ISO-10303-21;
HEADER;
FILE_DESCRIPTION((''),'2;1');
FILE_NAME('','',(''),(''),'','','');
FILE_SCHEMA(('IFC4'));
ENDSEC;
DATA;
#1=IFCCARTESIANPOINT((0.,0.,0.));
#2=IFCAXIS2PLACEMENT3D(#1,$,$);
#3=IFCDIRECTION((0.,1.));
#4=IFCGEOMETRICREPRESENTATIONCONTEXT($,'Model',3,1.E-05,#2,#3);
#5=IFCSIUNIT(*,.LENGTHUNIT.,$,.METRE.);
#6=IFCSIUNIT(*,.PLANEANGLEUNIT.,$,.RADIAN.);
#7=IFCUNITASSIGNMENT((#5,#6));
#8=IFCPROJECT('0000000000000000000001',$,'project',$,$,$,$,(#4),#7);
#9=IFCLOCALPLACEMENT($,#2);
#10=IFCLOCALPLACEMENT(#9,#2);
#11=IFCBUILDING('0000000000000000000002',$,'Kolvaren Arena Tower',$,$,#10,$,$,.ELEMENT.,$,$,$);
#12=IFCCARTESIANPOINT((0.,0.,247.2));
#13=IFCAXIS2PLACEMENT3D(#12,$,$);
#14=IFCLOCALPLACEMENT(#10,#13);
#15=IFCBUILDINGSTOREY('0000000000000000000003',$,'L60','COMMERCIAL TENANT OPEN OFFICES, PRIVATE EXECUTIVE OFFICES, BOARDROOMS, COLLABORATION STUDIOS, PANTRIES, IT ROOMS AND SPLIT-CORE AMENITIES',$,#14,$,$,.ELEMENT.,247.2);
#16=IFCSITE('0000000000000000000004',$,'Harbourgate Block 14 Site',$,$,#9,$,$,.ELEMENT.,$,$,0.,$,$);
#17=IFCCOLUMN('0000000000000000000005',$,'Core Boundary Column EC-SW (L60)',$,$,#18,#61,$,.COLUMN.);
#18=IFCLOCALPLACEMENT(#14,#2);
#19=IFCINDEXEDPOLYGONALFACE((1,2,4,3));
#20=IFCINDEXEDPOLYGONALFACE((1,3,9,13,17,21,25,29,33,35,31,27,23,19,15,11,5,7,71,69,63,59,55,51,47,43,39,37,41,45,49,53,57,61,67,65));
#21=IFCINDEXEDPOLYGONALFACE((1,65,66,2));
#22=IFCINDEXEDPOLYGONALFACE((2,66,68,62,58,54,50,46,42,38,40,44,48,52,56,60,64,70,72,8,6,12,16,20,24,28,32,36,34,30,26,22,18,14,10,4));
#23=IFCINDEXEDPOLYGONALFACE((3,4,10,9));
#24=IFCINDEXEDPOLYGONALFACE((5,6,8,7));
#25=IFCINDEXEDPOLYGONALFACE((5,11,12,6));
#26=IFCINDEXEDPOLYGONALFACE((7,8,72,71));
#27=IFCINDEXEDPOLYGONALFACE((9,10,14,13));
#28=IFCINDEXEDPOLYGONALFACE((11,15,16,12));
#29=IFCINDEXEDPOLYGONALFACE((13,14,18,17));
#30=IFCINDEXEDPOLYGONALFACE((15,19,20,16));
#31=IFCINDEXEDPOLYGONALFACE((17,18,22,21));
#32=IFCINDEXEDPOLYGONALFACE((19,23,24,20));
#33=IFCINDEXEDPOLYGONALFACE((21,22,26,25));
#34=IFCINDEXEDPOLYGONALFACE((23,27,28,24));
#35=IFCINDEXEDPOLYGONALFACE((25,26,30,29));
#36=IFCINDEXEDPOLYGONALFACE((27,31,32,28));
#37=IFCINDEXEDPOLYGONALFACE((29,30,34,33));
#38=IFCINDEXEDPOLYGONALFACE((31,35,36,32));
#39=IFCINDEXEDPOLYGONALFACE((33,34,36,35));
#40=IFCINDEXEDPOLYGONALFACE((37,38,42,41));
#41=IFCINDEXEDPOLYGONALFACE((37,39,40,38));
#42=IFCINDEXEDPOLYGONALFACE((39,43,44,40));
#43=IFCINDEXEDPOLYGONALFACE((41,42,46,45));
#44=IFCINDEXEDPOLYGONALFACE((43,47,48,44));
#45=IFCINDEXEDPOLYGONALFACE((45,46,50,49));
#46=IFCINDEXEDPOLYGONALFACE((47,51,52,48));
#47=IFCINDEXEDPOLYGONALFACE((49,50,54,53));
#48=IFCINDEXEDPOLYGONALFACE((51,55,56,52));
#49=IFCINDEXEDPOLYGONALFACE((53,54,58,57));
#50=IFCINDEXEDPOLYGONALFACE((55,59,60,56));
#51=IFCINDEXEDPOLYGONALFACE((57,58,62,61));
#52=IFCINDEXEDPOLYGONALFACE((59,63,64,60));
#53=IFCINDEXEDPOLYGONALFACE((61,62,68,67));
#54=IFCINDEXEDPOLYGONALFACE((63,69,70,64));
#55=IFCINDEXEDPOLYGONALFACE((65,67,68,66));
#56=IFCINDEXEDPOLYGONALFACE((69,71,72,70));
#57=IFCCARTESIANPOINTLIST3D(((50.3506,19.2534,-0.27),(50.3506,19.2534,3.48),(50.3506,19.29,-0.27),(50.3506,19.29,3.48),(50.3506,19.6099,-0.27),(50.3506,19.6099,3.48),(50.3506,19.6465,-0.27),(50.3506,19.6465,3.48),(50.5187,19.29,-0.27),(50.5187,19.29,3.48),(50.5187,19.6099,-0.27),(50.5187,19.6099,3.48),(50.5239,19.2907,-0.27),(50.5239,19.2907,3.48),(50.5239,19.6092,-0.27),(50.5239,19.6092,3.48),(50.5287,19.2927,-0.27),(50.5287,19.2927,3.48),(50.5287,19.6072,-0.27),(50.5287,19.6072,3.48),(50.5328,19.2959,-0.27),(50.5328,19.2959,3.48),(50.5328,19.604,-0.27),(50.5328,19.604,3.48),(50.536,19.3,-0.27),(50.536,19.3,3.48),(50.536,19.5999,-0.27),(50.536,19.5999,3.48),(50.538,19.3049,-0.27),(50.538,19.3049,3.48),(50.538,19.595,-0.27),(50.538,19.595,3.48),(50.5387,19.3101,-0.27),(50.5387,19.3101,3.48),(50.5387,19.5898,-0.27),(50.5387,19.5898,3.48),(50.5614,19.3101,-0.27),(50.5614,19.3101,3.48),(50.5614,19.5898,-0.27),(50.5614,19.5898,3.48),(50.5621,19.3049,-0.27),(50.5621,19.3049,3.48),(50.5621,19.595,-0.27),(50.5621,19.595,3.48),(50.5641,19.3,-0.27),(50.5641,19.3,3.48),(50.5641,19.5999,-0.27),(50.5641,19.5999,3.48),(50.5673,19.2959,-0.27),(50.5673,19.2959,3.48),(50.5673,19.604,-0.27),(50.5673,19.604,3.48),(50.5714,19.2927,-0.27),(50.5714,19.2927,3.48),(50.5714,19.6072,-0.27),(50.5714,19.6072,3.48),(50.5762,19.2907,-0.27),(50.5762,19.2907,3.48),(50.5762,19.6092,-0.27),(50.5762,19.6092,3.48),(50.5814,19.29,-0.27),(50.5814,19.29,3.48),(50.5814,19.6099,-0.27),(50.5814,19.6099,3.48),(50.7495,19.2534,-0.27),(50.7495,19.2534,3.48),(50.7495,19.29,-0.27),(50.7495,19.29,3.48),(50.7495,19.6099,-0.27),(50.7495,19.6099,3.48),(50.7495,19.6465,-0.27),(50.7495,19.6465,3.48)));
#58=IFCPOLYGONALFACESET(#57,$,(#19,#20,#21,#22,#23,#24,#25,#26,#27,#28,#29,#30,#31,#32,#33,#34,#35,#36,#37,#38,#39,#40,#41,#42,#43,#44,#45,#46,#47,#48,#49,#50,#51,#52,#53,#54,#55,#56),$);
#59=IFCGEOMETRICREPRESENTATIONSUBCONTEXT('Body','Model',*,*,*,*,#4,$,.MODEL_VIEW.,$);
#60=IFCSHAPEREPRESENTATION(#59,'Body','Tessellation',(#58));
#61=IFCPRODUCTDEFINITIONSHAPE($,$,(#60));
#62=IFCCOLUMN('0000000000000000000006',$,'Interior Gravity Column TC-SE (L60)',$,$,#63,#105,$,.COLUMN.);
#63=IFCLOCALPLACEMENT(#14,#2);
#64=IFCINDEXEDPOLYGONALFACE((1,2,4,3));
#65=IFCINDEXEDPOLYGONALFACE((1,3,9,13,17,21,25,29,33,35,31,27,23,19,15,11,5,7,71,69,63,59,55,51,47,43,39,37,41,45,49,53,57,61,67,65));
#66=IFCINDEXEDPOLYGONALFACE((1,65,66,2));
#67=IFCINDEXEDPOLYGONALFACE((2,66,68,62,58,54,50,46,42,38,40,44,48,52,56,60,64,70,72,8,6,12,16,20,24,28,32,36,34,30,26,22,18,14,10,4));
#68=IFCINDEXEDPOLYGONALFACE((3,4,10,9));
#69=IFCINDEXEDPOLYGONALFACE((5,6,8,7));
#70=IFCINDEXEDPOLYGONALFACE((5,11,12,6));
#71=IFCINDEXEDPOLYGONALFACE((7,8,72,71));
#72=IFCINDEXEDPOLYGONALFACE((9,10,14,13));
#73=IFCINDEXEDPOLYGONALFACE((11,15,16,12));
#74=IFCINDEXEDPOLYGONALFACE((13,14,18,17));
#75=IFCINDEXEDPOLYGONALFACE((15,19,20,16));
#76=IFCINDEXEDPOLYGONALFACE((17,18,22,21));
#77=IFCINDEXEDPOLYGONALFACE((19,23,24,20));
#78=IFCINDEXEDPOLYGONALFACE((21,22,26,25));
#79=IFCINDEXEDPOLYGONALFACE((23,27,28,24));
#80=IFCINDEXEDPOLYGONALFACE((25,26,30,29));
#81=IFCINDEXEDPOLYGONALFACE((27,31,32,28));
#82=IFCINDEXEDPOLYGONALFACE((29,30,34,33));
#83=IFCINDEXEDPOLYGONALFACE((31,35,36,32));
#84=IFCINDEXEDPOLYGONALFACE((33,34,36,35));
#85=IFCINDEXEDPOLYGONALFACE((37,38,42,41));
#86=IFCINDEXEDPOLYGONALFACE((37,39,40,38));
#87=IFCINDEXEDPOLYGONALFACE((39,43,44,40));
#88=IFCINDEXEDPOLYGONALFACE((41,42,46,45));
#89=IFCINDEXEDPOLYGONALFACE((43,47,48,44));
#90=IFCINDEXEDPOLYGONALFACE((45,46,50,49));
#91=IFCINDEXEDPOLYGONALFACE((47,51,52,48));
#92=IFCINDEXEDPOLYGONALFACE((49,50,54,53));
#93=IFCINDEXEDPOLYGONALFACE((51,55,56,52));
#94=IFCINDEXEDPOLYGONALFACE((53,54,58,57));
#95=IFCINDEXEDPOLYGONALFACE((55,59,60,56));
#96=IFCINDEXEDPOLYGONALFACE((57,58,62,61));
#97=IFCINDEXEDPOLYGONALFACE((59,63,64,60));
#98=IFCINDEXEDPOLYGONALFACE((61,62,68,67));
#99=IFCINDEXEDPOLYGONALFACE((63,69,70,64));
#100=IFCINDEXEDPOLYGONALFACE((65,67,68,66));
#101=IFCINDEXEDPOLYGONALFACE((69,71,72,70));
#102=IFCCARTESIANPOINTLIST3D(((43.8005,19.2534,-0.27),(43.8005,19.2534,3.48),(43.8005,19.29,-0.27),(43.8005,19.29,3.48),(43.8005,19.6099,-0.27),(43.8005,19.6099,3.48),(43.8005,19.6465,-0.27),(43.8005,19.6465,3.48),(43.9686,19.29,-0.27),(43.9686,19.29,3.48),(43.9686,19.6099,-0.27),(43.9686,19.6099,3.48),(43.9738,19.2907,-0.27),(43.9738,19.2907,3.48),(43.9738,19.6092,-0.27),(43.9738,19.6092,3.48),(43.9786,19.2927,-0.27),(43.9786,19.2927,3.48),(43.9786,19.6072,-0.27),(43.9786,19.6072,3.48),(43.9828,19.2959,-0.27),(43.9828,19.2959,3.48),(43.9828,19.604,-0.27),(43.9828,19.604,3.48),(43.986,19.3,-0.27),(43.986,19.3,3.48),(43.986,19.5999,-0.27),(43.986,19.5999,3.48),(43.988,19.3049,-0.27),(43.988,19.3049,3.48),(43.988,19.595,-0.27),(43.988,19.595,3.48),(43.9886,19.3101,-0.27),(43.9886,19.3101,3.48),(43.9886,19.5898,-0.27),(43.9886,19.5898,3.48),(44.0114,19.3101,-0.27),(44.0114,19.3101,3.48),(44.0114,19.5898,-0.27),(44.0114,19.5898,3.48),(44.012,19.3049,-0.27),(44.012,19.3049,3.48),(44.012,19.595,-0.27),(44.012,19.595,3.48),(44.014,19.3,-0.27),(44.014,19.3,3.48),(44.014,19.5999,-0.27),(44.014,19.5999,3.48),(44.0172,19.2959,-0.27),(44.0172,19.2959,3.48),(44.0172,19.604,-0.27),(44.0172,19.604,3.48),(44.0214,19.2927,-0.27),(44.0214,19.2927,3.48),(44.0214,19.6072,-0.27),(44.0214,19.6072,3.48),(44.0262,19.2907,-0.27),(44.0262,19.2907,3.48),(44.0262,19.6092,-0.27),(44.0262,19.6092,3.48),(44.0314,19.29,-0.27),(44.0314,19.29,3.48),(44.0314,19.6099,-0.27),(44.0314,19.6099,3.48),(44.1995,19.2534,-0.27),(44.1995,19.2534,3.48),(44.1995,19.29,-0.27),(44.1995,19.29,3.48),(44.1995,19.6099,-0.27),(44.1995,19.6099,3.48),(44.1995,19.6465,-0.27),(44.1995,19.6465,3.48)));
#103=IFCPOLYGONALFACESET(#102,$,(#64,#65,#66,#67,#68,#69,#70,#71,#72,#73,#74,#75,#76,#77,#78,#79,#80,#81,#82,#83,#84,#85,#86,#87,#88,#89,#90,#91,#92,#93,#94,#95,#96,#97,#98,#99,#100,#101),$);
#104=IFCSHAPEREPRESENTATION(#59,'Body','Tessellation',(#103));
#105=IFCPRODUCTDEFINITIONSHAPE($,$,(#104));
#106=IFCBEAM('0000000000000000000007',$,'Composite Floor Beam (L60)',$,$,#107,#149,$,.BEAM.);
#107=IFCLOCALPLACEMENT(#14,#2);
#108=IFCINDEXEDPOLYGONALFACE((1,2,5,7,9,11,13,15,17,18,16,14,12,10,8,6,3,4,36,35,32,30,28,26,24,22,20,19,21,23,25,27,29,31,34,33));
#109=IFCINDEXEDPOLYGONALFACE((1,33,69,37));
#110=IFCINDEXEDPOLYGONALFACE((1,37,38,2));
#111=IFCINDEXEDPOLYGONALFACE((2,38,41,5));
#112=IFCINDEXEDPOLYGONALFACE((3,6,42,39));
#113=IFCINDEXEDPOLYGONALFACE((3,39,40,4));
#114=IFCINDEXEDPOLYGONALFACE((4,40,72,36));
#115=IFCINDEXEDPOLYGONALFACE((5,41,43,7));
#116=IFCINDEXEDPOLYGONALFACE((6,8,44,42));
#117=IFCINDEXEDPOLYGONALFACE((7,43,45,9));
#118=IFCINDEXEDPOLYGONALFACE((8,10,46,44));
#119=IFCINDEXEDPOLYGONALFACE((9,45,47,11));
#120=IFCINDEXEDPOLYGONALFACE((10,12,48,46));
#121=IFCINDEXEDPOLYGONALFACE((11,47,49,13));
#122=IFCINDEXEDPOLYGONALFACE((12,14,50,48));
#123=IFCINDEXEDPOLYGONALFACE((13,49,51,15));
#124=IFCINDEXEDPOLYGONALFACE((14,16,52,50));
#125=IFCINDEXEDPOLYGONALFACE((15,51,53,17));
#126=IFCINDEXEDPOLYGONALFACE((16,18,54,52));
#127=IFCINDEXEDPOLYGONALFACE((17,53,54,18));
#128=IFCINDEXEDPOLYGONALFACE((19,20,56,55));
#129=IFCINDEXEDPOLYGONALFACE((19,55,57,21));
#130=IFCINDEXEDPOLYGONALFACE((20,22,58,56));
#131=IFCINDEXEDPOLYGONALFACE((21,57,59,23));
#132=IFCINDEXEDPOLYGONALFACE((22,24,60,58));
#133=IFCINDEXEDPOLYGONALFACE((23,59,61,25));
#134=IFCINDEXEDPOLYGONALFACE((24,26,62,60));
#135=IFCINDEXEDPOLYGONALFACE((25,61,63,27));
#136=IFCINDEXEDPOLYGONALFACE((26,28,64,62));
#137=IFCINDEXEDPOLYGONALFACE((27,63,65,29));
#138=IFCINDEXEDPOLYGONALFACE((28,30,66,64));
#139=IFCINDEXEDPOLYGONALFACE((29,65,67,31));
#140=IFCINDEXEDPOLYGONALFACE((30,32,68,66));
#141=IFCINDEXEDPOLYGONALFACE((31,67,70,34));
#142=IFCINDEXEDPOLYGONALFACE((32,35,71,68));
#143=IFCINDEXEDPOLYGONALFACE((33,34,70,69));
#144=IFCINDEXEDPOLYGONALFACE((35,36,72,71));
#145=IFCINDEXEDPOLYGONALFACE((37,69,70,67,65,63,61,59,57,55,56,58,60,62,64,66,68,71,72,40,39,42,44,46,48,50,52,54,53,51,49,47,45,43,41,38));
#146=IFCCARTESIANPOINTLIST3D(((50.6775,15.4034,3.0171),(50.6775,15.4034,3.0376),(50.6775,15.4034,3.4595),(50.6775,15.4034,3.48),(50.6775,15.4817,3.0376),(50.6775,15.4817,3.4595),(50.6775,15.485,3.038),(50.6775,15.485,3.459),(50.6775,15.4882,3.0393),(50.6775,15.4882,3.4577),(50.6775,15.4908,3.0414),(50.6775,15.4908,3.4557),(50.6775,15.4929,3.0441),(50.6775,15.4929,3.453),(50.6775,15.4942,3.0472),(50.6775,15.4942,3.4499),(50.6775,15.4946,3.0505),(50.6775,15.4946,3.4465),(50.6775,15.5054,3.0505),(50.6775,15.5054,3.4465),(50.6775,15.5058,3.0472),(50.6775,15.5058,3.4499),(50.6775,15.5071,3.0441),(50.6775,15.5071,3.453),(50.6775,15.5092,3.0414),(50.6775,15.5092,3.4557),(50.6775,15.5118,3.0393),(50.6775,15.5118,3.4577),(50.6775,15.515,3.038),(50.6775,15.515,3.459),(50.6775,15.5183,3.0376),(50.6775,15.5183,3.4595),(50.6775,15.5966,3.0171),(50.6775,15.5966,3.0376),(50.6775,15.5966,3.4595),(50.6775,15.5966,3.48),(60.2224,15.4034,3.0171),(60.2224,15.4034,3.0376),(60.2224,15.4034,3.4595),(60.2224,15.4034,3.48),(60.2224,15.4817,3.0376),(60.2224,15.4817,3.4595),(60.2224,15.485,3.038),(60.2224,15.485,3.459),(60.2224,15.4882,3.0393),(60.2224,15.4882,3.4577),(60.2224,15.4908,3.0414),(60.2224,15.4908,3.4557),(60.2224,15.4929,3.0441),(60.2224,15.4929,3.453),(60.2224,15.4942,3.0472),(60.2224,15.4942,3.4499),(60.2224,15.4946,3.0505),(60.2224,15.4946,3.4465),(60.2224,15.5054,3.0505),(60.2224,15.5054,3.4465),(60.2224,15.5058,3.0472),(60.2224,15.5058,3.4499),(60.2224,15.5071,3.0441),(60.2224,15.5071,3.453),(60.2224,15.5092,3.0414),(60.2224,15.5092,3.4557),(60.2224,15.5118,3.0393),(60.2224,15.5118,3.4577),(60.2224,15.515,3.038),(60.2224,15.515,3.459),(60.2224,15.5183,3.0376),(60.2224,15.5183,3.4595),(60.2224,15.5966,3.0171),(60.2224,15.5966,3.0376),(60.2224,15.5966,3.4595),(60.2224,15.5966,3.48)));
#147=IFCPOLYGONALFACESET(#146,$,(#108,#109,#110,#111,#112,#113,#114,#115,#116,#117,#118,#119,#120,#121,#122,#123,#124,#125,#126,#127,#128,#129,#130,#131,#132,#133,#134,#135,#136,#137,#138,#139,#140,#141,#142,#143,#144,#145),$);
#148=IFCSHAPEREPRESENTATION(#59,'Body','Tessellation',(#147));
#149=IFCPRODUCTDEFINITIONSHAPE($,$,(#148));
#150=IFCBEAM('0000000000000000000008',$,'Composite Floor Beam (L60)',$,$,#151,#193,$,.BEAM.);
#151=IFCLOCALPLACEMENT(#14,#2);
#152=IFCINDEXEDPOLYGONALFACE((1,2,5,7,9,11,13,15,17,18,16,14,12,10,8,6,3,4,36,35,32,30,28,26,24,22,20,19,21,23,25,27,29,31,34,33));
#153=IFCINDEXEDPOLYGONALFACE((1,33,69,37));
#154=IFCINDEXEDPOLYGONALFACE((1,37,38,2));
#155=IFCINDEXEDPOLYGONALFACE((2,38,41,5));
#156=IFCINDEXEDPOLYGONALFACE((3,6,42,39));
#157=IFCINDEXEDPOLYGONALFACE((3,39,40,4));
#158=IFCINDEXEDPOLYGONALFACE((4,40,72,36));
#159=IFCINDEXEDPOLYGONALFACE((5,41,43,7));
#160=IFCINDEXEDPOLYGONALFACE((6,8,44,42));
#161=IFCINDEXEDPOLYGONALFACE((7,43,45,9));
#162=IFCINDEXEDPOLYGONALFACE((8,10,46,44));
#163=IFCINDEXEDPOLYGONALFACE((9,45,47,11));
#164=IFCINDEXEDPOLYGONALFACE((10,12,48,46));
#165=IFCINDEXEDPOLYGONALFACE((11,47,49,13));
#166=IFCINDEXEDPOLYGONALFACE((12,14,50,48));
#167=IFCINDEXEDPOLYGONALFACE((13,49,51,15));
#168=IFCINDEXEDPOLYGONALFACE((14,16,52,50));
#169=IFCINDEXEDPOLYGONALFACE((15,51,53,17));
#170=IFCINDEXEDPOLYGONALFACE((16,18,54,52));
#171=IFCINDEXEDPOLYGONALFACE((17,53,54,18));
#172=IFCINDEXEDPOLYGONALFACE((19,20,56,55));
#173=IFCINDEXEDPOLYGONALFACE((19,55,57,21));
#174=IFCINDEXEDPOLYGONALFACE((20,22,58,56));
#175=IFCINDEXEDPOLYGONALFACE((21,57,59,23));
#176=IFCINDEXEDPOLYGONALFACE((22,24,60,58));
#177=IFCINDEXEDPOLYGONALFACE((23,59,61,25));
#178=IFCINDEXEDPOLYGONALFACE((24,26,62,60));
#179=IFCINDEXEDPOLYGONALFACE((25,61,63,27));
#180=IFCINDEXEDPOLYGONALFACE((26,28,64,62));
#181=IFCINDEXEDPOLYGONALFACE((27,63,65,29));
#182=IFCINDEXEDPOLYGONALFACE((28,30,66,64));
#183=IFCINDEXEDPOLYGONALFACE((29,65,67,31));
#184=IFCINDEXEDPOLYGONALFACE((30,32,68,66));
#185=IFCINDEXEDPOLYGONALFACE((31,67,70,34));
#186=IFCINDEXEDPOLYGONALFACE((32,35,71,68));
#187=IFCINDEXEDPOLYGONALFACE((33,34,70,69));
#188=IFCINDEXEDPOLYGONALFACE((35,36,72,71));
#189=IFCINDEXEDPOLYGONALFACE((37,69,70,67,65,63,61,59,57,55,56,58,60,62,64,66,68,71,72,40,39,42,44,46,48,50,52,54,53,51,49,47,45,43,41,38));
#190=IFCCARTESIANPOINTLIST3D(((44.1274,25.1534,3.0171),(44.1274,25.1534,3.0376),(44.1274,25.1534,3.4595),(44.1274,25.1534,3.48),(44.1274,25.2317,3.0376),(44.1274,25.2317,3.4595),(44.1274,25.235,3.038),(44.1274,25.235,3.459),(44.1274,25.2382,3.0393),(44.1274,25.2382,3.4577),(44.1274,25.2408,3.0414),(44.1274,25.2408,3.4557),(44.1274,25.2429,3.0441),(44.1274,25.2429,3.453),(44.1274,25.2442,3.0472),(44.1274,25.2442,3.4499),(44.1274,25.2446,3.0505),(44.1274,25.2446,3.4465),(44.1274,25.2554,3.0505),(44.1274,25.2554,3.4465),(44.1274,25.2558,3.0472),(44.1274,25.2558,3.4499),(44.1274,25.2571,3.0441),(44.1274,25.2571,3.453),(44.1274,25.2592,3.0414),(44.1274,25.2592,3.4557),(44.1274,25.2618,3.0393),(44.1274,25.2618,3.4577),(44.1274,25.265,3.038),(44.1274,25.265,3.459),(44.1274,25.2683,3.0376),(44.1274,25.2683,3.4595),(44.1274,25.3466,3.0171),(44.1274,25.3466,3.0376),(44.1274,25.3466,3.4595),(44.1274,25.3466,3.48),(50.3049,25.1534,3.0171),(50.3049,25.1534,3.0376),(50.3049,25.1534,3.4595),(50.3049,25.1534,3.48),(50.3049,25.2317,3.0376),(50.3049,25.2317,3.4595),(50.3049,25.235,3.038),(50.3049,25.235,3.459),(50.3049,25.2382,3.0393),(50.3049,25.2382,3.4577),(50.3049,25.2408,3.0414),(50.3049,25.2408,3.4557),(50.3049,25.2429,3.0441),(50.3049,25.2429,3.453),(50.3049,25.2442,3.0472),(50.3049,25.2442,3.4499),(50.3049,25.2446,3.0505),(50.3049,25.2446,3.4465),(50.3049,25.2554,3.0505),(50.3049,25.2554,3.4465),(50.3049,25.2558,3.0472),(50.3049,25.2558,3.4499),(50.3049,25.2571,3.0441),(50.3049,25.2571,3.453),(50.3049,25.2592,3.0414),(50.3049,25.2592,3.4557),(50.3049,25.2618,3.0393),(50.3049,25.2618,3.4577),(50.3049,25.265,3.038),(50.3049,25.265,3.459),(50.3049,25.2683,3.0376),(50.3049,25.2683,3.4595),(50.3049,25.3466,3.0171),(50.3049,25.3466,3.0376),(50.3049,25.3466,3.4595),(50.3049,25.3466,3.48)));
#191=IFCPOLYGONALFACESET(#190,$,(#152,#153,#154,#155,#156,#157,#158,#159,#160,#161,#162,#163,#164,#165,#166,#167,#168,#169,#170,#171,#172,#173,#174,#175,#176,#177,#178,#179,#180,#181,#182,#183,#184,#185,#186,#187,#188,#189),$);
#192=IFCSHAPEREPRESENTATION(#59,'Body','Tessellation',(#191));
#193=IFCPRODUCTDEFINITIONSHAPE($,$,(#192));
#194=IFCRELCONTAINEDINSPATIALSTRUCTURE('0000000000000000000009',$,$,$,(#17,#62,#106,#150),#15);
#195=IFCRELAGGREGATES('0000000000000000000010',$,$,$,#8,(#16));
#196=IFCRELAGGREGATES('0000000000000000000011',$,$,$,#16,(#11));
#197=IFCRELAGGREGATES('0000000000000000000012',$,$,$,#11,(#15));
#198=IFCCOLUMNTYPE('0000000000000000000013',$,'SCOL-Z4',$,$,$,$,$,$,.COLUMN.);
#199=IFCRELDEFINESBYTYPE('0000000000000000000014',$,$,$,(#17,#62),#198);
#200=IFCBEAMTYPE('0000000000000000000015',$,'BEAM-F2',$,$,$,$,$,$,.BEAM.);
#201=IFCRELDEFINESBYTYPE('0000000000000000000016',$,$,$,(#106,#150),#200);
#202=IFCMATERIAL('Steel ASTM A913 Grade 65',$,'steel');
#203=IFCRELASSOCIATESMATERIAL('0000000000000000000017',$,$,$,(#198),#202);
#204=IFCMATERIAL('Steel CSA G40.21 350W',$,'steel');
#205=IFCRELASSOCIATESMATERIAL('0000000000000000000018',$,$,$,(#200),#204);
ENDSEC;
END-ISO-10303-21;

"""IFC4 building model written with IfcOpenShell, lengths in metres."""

from ifc_helpers import new_model, si_unit, direction, frame, origin, origin_2d, place, context, subcontext, project, spatial, i_section, extrude, material, material_profile, profile_set, type_object, element, save


model = new_model("IFC4")

# Units and contexts
model_context = context("Model", 3, precision=1e-05, world=origin(), true_north=direction((0.0, 1.0)))
body_context = subcontext(model_context, "Body", "Model", "MODEL_VIEW")
ifc_project = project(units=[si_unit("LENGTHUNIT", "METRE"), si_unit("PLANEANGLEUNIT", "RADIAN")], contexts=[model_context])

# Site, building, storey
site_placement = place(None, origin())
site = spatial("IfcSite", under=ifc_project, at=site_placement, Name="Harbourgate Block 14 Site", CompositionType="ELEMENT", RefElevation=0.0)
building_placement = place(site_placement, origin())
building = spatial("IfcBuilding", under=site, at=building_placement, Name="Kolvaren Arena Tower", CompositionType="ELEMENT")
storey_placement = place(building_placement, frame((0.0, 0.0, 247.2)))
storey = spatial("IfcBuildingStorey", under=building, at=storey_placement, Name="L60", Description="COMMERCIAL TENANT OPEN OFFICES, PRIVATE EXECUTIVE OFFICES, BOARDROOMS, COLLABORATION STUDIOS, PANTRIES, IT ROOMS AND SPLIT-CORE AMENITIES", CompositionType="ELEMENT", Elevation=247.2)

# Columns
ifc_material_1 = material(Name="Steel ASTM A913 Grade 65", Category="steel")
ifc_material_profile_1 = material_profile(ifc_material_1, i_section(OverallWidth=0.3989, OverallDepth=0.3931, WebThickness=0.0227, FlangeThickness=0.0366, FilletRadius=0.02, at=origin_2d()), Name="W360x287")
ifc_profile_set_1 = profile_set([ifc_material_profile_1], Name="Steel ASTM A913 Grade 65")
column_type = type_object("IfcColumnType", Name="SCOL-Z4", PredefinedType="COLUMN", material=ifc_profile_set_1)
for number, where, z_axis, x_axis, name in (
    (1, (50.55, 19.45, -0.27), (0.0, 0.0, 1.0), (1.0, 0.0, 0.0), "Core Boundary Column EC-SW (L60)"),
    (2, (44.0, 19.45, -0.27), (0.0, 0.0, 1.0), (1.0, 0.0, 0.0), "Interior Gravity Column TC-SE (L60)"),
):
    element("IfcColumn", number, at=place(storey_placement, frame(where, z_axis=z_axis, x_axis=x_axis)), inside=storey, type_object=column_type, Name=name, PredefinedType="COLUMN", context=body_context, shape_type="SweptSolid", body=[
        extrude(i_section(OverallWidth=0.3989, OverallDepth=0.3931, WebThickness=0.0227, FlangeThickness=0.0366, FilletRadius=0.02, at=origin_2d()), origin(), (0.0, 0.0, 1.0), 3.75),
    ])

# Beams
ifc_material_2 = material(Name="Steel CSA G40.21 350W", Category="steel")
ifc_material_profile_2 = material_profile(ifc_material_2, i_section(OverallWidth=0.1931, OverallDepth=0.4629, WebThickness=0.0107, FlangeThickness=0.0205, FilletRadius=0.0129, at=origin_2d()), Name="W460x113")
ifc_profile_set_2 = profile_set([ifc_material_profile_2], Name="Steel CSA G40.21 350W")
beam_type_1 = type_object("IfcBeamType", Name="BEAM-F2", PredefinedType="BEAM", material=ifc_profile_set_2)
beam_1_placement = place(storey_placement, frame((50.6775, 15.5, 3.2485), z_axis=(1.0, 0.0, 0.0), x_axis=(0.0, 1.0, 0.0)))
element("IfcBeam", 3, at=beam_1_placement, inside=storey, type_object=beam_type_1, Name="Composite Floor Beam (L60)", PredefinedType="BEAM", context=body_context, shape_type="SweptSolid", body=[
    extrude(i_section(OverallWidth=0.1931, OverallDepth=0.4629, WebThickness=0.0107, FlangeThickness=0.0205, FilletRadius=0.0129, at=origin_2d()), origin(), (0.0, 0.0, 1.0), 9.5449),
])
beam_2_placement = place(storey_placement, frame((44.1274, 25.25, 3.2485), z_axis=(1.0, 0.0, 0.0), x_axis=(0.0, 1.0, 0.0)))
element("IfcBeam", 4, at=beam_2_placement, inside=storey, type_object=beam_type_1, Name="Composite Floor Beam (L60)", PredefinedType="BEAM", context=body_context, shape_type="SweptSolid", body=[
    extrude(i_section(OverallWidth=0.1931, OverallDepth=0.4629, WebThickness=0.0107, FlangeThickness=0.0205, FilletRadius=0.0129, at=origin_2d()), origin(), (0.0, 0.0, 1.0), 6.1775),
])

save(model, "model.ifc")
